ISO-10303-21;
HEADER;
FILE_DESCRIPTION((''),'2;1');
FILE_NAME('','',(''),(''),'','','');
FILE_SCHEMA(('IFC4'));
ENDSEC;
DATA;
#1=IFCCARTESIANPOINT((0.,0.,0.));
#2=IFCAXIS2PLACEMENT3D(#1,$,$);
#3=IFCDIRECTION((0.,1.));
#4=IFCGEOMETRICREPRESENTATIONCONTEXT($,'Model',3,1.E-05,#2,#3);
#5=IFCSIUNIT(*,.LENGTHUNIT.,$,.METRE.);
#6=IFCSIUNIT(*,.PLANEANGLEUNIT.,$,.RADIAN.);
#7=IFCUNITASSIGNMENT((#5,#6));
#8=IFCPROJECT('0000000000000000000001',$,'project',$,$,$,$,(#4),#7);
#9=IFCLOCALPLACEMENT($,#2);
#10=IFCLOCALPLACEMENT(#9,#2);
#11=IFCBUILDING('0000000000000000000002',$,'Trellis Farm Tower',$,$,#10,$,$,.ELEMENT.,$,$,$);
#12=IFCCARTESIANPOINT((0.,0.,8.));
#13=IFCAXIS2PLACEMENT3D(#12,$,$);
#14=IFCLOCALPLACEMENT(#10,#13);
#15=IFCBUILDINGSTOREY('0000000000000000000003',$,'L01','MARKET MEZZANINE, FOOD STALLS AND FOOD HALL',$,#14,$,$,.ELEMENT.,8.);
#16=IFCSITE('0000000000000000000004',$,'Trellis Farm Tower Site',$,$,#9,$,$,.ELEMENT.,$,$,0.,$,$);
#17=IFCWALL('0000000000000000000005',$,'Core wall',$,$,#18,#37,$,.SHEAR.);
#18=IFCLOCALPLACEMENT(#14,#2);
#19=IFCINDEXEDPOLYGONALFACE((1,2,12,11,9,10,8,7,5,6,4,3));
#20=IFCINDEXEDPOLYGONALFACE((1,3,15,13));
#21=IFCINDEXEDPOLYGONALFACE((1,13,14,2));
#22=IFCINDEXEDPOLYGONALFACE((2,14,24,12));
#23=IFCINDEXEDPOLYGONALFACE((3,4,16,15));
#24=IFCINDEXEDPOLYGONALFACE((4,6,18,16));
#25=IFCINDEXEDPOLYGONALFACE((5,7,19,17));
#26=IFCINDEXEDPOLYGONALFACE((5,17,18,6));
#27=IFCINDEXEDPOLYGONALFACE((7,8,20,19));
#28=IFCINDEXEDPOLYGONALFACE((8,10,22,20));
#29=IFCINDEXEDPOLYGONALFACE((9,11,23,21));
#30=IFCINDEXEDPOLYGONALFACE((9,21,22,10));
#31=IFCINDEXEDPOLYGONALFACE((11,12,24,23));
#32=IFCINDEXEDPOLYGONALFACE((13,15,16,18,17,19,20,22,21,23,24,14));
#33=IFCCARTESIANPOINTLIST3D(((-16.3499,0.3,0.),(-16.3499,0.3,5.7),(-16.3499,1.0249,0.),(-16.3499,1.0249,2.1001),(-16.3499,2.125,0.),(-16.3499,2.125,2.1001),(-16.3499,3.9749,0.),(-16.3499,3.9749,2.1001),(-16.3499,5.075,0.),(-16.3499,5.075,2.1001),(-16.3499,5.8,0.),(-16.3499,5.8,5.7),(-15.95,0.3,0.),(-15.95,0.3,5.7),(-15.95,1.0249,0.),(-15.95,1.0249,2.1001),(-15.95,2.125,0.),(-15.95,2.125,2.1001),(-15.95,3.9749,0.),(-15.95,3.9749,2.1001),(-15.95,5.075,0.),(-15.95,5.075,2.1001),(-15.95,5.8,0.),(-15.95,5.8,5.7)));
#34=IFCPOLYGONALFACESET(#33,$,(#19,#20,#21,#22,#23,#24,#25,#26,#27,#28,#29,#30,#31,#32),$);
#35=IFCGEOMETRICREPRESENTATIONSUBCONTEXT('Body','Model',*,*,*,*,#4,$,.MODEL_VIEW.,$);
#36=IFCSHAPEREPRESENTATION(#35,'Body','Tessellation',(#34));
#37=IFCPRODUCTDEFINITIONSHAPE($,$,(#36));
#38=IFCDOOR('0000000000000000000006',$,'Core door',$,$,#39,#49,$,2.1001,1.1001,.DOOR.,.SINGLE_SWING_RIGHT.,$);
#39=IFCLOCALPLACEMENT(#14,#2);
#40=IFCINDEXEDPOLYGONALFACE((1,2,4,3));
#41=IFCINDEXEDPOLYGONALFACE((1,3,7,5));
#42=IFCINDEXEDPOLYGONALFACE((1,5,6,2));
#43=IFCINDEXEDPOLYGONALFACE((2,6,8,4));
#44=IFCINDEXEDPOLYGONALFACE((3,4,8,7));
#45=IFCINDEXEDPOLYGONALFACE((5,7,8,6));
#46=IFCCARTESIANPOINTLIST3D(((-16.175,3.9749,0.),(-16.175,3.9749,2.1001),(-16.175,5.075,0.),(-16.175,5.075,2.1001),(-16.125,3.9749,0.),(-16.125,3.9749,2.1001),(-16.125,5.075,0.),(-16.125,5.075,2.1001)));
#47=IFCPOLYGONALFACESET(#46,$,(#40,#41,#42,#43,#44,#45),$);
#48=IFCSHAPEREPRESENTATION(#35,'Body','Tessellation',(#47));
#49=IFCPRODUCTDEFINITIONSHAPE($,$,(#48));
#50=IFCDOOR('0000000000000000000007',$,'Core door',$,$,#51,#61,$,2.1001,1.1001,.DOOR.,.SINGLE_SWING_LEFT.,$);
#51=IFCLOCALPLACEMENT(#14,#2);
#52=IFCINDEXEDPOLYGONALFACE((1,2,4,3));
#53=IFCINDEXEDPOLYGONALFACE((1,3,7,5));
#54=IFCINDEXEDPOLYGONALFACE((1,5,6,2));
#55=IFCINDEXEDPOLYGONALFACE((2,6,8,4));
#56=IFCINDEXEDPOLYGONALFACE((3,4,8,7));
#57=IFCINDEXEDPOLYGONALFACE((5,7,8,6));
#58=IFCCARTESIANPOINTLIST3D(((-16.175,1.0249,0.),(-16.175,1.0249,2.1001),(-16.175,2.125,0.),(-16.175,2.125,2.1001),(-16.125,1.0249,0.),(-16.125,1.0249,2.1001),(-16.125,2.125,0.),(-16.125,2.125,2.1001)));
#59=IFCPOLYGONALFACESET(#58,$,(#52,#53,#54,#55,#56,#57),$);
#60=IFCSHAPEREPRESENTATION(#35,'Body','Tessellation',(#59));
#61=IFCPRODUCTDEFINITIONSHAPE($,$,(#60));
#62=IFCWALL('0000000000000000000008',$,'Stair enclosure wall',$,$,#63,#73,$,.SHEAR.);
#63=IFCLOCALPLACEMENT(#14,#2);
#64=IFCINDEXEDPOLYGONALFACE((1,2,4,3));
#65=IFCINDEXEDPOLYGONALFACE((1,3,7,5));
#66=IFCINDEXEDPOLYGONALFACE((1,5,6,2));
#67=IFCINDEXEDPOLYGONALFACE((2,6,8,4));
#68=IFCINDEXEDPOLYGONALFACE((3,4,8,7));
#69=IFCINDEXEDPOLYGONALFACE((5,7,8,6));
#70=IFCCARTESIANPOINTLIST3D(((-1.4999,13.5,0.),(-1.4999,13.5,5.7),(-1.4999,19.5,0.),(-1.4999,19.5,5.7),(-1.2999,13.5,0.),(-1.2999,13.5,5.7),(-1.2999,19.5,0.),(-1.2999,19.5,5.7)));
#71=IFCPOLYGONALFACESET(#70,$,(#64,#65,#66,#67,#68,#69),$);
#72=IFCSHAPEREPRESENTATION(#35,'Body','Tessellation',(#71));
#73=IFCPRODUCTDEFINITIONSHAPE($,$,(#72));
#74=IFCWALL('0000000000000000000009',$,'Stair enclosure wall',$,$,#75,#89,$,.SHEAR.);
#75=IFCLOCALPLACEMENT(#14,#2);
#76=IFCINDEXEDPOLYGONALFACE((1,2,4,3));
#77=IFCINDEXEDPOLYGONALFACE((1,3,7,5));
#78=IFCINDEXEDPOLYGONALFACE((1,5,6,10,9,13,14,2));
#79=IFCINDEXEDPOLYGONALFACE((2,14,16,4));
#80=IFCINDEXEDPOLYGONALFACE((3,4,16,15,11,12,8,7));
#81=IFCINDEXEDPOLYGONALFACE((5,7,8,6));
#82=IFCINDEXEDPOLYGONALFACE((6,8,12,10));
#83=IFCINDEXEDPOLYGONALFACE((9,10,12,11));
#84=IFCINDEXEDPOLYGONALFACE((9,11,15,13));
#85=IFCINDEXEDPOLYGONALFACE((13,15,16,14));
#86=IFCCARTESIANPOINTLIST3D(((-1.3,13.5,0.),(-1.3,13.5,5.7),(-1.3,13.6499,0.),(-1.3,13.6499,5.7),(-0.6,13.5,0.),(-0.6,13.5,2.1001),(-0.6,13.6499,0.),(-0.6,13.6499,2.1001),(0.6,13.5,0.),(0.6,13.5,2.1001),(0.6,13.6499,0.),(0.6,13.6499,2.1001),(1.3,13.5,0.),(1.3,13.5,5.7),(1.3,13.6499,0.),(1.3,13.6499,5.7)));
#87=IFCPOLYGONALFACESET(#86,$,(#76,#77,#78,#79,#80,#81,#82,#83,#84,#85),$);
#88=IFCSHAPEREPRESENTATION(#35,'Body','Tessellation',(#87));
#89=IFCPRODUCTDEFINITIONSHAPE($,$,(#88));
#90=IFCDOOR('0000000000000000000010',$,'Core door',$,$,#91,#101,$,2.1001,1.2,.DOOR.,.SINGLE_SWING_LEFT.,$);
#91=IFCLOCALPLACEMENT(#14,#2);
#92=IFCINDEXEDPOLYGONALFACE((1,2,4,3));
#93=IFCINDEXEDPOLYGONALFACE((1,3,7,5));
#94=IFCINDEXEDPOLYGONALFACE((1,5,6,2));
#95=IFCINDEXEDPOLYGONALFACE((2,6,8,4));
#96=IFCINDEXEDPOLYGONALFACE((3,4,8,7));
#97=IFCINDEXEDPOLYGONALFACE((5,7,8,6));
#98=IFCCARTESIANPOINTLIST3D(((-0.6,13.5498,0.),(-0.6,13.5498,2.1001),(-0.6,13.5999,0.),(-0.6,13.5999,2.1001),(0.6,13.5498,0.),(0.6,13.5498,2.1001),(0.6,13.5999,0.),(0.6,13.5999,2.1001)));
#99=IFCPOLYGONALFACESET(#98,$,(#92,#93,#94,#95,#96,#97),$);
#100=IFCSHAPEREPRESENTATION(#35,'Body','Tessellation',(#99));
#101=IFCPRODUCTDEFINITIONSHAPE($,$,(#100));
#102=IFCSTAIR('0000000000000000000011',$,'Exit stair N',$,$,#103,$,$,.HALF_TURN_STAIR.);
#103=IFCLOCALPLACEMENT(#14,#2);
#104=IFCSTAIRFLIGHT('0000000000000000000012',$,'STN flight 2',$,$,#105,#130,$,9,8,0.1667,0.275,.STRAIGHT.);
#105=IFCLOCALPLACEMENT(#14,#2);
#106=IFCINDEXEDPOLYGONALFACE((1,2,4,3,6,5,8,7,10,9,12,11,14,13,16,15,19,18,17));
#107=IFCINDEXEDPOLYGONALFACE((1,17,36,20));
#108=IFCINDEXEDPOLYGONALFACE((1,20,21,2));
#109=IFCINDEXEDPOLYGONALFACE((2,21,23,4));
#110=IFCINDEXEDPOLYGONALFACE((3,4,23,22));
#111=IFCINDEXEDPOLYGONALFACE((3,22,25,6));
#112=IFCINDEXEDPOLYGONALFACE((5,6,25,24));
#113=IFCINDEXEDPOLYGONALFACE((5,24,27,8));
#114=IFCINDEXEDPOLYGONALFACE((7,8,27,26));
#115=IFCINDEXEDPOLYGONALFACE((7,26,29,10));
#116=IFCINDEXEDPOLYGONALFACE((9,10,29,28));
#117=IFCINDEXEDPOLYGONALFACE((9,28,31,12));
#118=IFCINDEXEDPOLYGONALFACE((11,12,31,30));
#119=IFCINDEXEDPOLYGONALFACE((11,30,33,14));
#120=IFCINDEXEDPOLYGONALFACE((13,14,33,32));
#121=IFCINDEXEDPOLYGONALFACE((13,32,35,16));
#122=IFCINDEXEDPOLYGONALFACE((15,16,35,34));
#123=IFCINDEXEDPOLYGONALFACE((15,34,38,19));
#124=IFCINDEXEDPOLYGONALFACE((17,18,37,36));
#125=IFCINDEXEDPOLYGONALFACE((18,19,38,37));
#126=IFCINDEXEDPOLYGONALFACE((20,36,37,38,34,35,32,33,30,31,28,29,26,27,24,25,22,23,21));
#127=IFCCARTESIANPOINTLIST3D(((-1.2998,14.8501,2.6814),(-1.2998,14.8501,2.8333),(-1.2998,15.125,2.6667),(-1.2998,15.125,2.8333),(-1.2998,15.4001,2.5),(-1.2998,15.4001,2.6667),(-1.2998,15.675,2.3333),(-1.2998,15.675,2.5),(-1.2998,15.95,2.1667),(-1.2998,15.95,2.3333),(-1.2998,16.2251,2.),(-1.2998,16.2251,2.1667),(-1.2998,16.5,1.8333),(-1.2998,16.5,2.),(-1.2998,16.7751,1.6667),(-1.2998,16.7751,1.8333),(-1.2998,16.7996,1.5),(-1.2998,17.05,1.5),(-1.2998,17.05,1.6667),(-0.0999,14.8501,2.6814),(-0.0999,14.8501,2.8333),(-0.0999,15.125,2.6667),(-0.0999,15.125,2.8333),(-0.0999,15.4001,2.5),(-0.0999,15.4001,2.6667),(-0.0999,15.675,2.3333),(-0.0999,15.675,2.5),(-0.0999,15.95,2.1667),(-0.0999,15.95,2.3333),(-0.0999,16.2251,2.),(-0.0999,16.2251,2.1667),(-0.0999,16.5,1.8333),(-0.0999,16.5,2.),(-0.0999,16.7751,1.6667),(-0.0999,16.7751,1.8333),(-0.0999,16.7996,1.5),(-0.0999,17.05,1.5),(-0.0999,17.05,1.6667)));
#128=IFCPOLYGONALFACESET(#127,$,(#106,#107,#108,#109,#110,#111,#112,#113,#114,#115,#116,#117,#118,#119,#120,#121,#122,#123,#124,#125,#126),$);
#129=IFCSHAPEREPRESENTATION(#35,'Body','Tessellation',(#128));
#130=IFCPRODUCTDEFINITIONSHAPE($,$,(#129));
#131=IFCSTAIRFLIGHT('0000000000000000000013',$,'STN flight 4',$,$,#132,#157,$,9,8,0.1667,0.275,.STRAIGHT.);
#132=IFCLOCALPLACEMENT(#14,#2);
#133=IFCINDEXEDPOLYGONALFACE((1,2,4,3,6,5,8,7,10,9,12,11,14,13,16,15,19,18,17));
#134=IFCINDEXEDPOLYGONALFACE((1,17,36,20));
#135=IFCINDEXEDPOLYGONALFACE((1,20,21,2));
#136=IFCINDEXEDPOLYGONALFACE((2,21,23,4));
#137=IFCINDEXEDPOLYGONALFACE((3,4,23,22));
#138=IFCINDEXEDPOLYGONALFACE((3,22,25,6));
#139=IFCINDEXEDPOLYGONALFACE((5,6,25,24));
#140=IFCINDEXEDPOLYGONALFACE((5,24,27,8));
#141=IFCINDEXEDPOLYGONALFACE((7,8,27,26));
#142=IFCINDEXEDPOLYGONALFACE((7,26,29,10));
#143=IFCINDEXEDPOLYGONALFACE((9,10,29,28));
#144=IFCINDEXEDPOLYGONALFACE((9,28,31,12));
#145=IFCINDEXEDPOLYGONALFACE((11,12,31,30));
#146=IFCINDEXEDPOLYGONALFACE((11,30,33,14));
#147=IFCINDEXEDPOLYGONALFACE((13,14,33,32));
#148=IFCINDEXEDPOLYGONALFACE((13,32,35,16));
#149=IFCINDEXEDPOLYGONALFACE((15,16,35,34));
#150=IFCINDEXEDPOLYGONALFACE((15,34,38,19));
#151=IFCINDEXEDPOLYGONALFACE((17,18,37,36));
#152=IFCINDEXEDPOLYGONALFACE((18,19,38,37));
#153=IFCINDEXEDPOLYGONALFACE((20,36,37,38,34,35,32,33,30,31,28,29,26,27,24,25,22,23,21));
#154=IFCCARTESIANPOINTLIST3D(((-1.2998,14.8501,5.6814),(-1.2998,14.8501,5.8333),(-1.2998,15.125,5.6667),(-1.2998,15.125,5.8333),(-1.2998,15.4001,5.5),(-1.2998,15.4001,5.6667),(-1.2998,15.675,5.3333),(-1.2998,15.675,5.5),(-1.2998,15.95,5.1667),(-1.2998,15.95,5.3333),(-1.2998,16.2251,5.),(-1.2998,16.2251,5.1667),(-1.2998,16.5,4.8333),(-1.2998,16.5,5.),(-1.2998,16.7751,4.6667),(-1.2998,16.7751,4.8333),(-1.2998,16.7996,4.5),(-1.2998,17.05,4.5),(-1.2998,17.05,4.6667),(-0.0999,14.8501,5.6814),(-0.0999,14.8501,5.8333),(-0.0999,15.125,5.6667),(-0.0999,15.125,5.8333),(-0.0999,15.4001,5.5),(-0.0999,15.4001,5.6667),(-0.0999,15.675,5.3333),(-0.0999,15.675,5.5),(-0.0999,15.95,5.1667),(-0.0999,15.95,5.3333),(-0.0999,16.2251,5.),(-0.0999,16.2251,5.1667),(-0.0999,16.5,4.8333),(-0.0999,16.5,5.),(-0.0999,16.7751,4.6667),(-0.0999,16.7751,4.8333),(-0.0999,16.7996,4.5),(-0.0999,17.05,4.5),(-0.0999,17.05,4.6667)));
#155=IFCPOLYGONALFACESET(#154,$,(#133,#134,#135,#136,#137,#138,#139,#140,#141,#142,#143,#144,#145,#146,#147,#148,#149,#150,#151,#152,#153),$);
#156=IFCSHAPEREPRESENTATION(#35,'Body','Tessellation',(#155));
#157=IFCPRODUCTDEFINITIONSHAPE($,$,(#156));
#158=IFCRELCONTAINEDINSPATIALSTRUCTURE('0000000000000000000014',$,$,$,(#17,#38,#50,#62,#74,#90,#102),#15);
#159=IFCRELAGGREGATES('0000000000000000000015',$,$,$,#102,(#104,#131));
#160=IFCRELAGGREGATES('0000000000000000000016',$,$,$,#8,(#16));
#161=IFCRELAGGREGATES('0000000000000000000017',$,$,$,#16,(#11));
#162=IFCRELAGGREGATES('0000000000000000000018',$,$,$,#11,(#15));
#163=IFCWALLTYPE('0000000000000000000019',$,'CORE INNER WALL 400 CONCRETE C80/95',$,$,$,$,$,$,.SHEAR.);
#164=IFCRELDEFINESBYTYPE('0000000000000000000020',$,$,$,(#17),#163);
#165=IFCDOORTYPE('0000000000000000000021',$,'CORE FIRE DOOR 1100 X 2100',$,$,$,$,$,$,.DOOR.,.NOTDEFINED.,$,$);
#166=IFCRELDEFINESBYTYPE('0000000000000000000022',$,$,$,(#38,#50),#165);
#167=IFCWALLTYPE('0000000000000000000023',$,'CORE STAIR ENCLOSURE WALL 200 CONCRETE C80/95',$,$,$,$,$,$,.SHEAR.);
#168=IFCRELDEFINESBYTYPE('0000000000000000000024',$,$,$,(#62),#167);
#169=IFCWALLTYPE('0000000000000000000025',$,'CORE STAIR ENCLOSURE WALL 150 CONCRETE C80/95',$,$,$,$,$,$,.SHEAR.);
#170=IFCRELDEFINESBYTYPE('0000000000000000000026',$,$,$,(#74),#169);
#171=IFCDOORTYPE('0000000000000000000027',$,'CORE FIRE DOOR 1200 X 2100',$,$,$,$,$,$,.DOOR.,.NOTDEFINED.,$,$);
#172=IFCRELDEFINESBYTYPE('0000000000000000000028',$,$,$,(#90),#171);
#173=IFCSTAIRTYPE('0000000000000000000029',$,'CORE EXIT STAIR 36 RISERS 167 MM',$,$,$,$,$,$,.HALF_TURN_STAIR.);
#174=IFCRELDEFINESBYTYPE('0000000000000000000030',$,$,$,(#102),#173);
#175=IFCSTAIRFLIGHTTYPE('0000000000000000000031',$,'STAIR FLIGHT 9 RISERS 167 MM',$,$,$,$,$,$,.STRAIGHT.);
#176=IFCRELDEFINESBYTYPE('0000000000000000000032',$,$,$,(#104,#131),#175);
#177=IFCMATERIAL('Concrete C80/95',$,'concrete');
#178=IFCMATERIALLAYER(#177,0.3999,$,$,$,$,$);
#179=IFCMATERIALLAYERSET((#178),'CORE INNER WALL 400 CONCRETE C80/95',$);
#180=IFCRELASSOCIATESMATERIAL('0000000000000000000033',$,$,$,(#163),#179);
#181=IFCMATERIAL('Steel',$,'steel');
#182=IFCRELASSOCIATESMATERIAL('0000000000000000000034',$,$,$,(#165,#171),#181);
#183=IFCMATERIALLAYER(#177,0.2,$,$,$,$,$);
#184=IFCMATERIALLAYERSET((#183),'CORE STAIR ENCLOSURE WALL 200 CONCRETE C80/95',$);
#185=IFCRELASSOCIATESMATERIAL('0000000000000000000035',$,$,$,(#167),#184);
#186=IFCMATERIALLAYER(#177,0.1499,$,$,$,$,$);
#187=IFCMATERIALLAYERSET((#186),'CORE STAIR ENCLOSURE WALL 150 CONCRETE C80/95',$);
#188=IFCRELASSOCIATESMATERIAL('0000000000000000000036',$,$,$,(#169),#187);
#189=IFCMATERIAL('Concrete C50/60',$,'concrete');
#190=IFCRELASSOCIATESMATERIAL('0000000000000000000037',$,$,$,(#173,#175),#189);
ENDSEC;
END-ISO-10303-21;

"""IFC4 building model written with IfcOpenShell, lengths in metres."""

from ifc_helpers import new_model, si_unit, direction, frame, frame_2d, origin, place, context, subcontext, project, spatial, polyline, rectangle, outline, extrude, source, transform, mapped, material, layer, layer_set, type_object, element, fill, aggregate, save


model = new_model("IFC4")

# Units and contexts
model_context = context("Model", 3, precision=1e-05, world=origin(), true_north=direction((0.0, 1.0)))
body_context = subcontext(model_context, "Body", "Model", "MODEL_VIEW")
ifc_project = project(units=[si_unit("LENGTHUNIT", "METRE"), si_unit("PLANEANGLEUNIT", "RADIAN")], contexts=[model_context])

# Site, building, storey
site_placement = place(None, origin())
site = spatial("IfcSite", under=ifc_project, at=site_placement, Name="Trellis Farm Tower Site", CompositionType="ELEMENT", RefElevation=0.0)
building_placement = place(site_placement, origin())
building = spatial("IfcBuilding", under=site, at=building_placement, Name="Trellis Farm Tower", CompositionType="ELEMENT")
storey_placement = place(building_placement, frame((0.0, 0.0, 8.0)))
storey = spatial("IfcBuildingStorey", under=building, at=storey_placement, Name="L01", Description="MARKET MEZZANINE, FOOD STALLS AND FOOD HALL", CompositionType="ELEMENT", Elevation=8.0)

# Shared definitions
ifc_material_1 = material(Name="Concrete C80/95", Category="concrete")

# Shared definitions
ifc_material_2 = material(Name="Steel", Category="steel")

# Shared definitions
ifc_layer_1 = layer(ifc_material_1, 0.3999)
ifc_layer_set_1 = layer_set([ifc_layer_1], Name="CORE INNER WALL 400 CONCRETE C80/95")
wall_type_1 = type_object("IfcWallType", Name="CORE INNER WALL 400 CONCRETE C80/95", PredefinedType="SHEAR", material=ifc_layer_set_1)

# Wall, openings, doors
shared_shape_1 = source(origin(), body_context, "Body", "SweptSolid", [
    extrude(rectangle(XDim=5.5, YDim=0.3999, at=frame_2d((2.75, 0.0))), origin(), (0.0, 0.0, 1.0), 5.7),
])
wall_1_placement = place(storey_placement, frame((-16.1499, 5.8, 0.0), z_axis=(0.0, 0.0, 1.0), x_axis=(0.0, -1.0, 0.0)))
wall_1 = element("IfcWall", 1, at=wall_1_placement, inside=storey, type_object=wall_type_1, Name="Core wall", PredefinedType="SHEAR", context=body_context, shape_type="MappedRepresentation", body=[
    mapped(shared_shape_1, transform((0.0, 0.0, 0.0))),
])
shared_shape_2 = source(origin(), body_context, "Body", "SweptSolid", [
    extrude(rectangle(XDim=1.1001, YDim=2.1001, at=frame_2d((0.55, 1.05))), frame((0.0, 0.21, 0.0), z_axis=(0.0, -1.0, 0.0), x_axis=(1.0, 0.0, 0.0)), (0.0, 0.0, 1.0), 0.4199),
])
opening_1_placement = place(wall_1_placement, frame((0.7251, 0.0, 0.0)))
opening_1 = element("IfcOpeningElement", 2, at=opening_1_placement, cuts=wall_1, PredefinedType="OPENING", context=body_context, shape_type="MappedRepresentation", body=[
    mapped(shared_shape_2, transform((0.0, 0.0, 0.0))),
])
opening_2_placement = place(wall_1_placement, frame((3.675, 0.0, 0.0)))
opening_2 = element("IfcOpeningElement", 3, at=opening_2_placement, cuts=wall_1, PredefinedType="OPENING", context=body_context, shape_type="MappedRepresentation", body=[
    mapped(shared_shape_2, transform((0.0, 0.0, 0.0))),
])
door_type_1 = type_object("IfcDoorType", Name="CORE FIRE DOOR 1100 X 2100", OperationType="NOTDEFINED", PredefinedType="DOOR", material=ifc_material_2)
shared_shape_3 = source(origin(), body_context, "Body", "SweptSolid", [
    extrude(rectangle(XDim=1.1001, YDim=2.1001, at=frame_2d((0.55, 1.05))), frame((0.0, 0.0249, 0.0), z_axis=(0.0, -1.0, 0.0), x_axis=(1.0, 0.0, 0.0)), (0.0, 0.0, 1.0), 0.05),
])
door_1_placement = place(opening_1_placement, origin())
door_1 = element("IfcDoor", 4, at=door_1_placement, inside=storey, type_object=door_type_1, Name="Core door", OperationType="SINGLE_SWING_RIGHT", OverallHeight=2.1001, OverallWidth=1.1001, PredefinedType="DOOR", context=body_context, shape_type="MappedRepresentation", body=[
    mapped(shared_shape_3, transform((0.0, 0.0, 0.0))),
])
fill(opening_1, door_1)
door_2_placement = place(opening_2_placement, origin())
door_2 = element("IfcDoor", 5, at=door_2_placement, inside=storey, type_object=door_type_1, Name="Core door", OperationType="SINGLE_SWING_LEFT", OverallHeight=2.1001, OverallWidth=1.1001, PredefinedType="DOOR", context=body_context, shape_type="MappedRepresentation", body=[
    mapped(shared_shape_3, transform((0.0, 0.0, 0.0))),
])
fill(opening_2, door_2)

# Wall
ifc_layer_2 = layer(ifc_material_1, 0.2)
ifc_layer_set_2 = layer_set([ifc_layer_2], Name="CORE STAIR ENCLOSURE WALL 200 CONCRETE C80/95")
wall_type_2 = type_object("IfcWallType", Name="CORE STAIR ENCLOSURE WALL 200 CONCRETE C80/95", PredefinedType="SHEAR", material=ifc_layer_set_2)
shared_shape_4 = source(origin(), body_context, "Body", "SweptSolid", [
    extrude(rectangle(XDim=6.0, YDim=0.2, at=frame_2d((3.0, 0.0))), origin(), (0.0, 0.0, 1.0), 5.7),
])
wall_2_placement = place(storey_placement, frame((-1.3999, 13.5, 0.0), z_axis=(0.0, 0.0, 1.0), x_axis=(0.0, 1.0, 0.0)))
element("IfcWall", 6, at=wall_2_placement, inside=storey, type_object=wall_type_2, Name="Stair enclosure wall", PredefinedType="SHEAR", context=body_context, shape_type="MappedRepresentation", body=[
    mapped(shared_shape_4, transform((0.0, 0.0, 0.0))),
])

# Wall, opening, door
ifc_layer_3 = layer(ifc_material_1, 0.1499)
ifc_layer_set_3 = layer_set([ifc_layer_3], Name="CORE STAIR ENCLOSURE WALL 150 CONCRETE C80/95")
wall_type_3 = type_object("IfcWallType", Name="CORE STAIR ENCLOSURE WALL 150 CONCRETE C80/95", PredefinedType="SHEAR", material=ifc_layer_set_3)
shared_shape_5 = source(origin(), body_context, "Body", "SweptSolid", [
    extrude(rectangle(XDim=2.6001, YDim=0.1499, at=frame_2d((1.3, 0.0))), origin(), (0.0, 0.0, 1.0), 5.7),
])
wall_3_placement = place(storey_placement, frame((-1.3, 13.575, 0.0), z_axis=(0.0, 0.0, 1.0), x_axis=(1.0, 0.0, 0.0)))
wall_3 = element("IfcWall", 7, at=wall_3_placement, inside=storey, type_object=wall_type_3, Name="Stair enclosure wall", PredefinedType="SHEAR", context=body_context, shape_type="MappedRepresentation", body=[
    mapped(shared_shape_5, transform((0.0, 0.0, 0.0))),
])
shared_shape_6 = source(origin(), body_context, "Body", "SweptSolid", [
    extrude(rectangle(XDim=1.2, YDim=2.1001, at=frame_2d((0.6001, 1.05))), frame((0.0, 0.085, 0.0), z_axis=(0.0, -1.0, 0.0), x_axis=(1.0, 0.0, 0.0)), (0.0, 0.0, 1.0), 0.1699),
])
opening_3_placement = place(wall_3_placement, frame((0.7, 0.0, 0.0)))
opening_3 = element("IfcOpeningElement", 8, at=opening_3_placement, cuts=wall_3, PredefinedType="OPENING", context=body_context, shape_type="MappedRepresentation", body=[
    mapped(shared_shape_6, transform((0.0, 0.0, 0.0))),
])
door_type_2 = type_object("IfcDoorType", Name="CORE FIRE DOOR 1200 X 2100", OperationType="NOTDEFINED", PredefinedType="DOOR", material=ifc_material_2)
shared_shape_7 = source(origin(), body_context, "Body", "SweptSolid", [
    extrude(rectangle(XDim=1.2, YDim=2.1001, at=frame_2d((0.6001, 1.05))), frame((0.0, 0.0249, 0.0), z_axis=(0.0, -1.0, 0.0), x_axis=(1.0, 0.0, 0.0)), (0.0, 0.0, 1.0), 0.05),
])
door_3_placement = place(opening_3_placement, origin())
door_3 = element("IfcDoor", 9, at=door_3_placement, inside=storey, type_object=door_type_2, Name="Core door", OperationType="SINGLE_SWING_LEFT", OverallHeight=2.1001, OverallWidth=1.2, PredefinedType="DOOR", context=body_context, shape_type="MappedRepresentation", body=[
    mapped(shared_shape_7, transform((0.0, 0.0, 0.0))),
])
fill(opening_3, door_3)

# Stair, stair flights
ifc_material_3 = material(Name="Concrete C50/60", Category="concrete")
stair_type = type_object("IfcStairType", Name="CORE EXIT STAIR 36 RISERS 167 MM", PredefinedType="HALF_TURN_STAIR", material=ifc_material_3)
stair_placement = place(storey_placement, origin())
stair = element("IfcStair", 10, at=stair_placement, inside=storey, type_object=stair_type, Name="Exit stair N", PredefinedType="HALF_TURN_STAIR")
stair_flight_type = type_object("IfcStairFlightType", Name="STAIR FLIGHT 9 RISERS 167 MM", PredefinedType="STRAIGHT", material=ifc_material_3)
shared_shape_8 = source(origin(), body_context, "Body", "SweptSolid", [
    extrude(outline(polyline([(0.0, 0.0), (0.0, 0.1667), (0.2749, 0.1667), (0.2749, 0.3333), (0.55, 0.3333), (0.55, 0.5), (0.825, 0.5), (0.825, 0.6667), (1.1001, 0.6667), (1.1001, 0.8333), (1.375, 0.8333), (1.375, 1.0), (1.6499, 1.0), (1.6499, 1.1667), (1.925, 1.1667), (1.925, 1.3333), (2.2, 1.3333), (2.2, 1.5), (2.2, 1.1814), (0.2505, 0.0), (0.0, 0.0)])), frame((0.0, 0.6001, 0.0), z_axis=(0.0, -1.0, 0.0), x_axis=(1.0, 0.0, 0.0)), (0.0, 0.0, 1.0), 1.2),
])
stair_flight_1_placement = place(storey_placement, frame((-0.7, 17.05, 1.5), z_axis=(0.0, 0.0, 1.0), x_axis=(0.0, -1.0, 0.0)))
stair_flight_1 = element("IfcStairFlight", 11, at=stair_flight_1_placement, type_object=stair_flight_type, Name="STN flight 2", NumberOfRisers=9, NumberOfTreads=8, PredefinedType="STRAIGHT", RiserHeight=0.1667, TreadLength=0.275, context=body_context, shape_type="MappedRepresentation", body=[
    mapped(shared_shape_8, transform((0.0, 0.0, 0.0))),
])
stair_flight_2_placement = place(storey_placement, frame((-0.7, 17.05, 4.5), z_axis=(0.0, 0.0, 1.0), x_axis=(0.0, -1.0, 0.0)))
stair_flight_2 = element("IfcStairFlight", 12, at=stair_flight_2_placement, type_object=stair_flight_type, Name="STN flight 4", NumberOfRisers=9, NumberOfTreads=8, PredefinedType="STRAIGHT", RiserHeight=0.1667, TreadLength=0.275, context=body_context, shape_type="MappedRepresentation", body=[
    mapped(shared_shape_8, transform((0.0, 0.0, 0.0))),
])
aggregate(stair, [stair_flight_1, stair_flight_2])

save(model, "model.ifc")
